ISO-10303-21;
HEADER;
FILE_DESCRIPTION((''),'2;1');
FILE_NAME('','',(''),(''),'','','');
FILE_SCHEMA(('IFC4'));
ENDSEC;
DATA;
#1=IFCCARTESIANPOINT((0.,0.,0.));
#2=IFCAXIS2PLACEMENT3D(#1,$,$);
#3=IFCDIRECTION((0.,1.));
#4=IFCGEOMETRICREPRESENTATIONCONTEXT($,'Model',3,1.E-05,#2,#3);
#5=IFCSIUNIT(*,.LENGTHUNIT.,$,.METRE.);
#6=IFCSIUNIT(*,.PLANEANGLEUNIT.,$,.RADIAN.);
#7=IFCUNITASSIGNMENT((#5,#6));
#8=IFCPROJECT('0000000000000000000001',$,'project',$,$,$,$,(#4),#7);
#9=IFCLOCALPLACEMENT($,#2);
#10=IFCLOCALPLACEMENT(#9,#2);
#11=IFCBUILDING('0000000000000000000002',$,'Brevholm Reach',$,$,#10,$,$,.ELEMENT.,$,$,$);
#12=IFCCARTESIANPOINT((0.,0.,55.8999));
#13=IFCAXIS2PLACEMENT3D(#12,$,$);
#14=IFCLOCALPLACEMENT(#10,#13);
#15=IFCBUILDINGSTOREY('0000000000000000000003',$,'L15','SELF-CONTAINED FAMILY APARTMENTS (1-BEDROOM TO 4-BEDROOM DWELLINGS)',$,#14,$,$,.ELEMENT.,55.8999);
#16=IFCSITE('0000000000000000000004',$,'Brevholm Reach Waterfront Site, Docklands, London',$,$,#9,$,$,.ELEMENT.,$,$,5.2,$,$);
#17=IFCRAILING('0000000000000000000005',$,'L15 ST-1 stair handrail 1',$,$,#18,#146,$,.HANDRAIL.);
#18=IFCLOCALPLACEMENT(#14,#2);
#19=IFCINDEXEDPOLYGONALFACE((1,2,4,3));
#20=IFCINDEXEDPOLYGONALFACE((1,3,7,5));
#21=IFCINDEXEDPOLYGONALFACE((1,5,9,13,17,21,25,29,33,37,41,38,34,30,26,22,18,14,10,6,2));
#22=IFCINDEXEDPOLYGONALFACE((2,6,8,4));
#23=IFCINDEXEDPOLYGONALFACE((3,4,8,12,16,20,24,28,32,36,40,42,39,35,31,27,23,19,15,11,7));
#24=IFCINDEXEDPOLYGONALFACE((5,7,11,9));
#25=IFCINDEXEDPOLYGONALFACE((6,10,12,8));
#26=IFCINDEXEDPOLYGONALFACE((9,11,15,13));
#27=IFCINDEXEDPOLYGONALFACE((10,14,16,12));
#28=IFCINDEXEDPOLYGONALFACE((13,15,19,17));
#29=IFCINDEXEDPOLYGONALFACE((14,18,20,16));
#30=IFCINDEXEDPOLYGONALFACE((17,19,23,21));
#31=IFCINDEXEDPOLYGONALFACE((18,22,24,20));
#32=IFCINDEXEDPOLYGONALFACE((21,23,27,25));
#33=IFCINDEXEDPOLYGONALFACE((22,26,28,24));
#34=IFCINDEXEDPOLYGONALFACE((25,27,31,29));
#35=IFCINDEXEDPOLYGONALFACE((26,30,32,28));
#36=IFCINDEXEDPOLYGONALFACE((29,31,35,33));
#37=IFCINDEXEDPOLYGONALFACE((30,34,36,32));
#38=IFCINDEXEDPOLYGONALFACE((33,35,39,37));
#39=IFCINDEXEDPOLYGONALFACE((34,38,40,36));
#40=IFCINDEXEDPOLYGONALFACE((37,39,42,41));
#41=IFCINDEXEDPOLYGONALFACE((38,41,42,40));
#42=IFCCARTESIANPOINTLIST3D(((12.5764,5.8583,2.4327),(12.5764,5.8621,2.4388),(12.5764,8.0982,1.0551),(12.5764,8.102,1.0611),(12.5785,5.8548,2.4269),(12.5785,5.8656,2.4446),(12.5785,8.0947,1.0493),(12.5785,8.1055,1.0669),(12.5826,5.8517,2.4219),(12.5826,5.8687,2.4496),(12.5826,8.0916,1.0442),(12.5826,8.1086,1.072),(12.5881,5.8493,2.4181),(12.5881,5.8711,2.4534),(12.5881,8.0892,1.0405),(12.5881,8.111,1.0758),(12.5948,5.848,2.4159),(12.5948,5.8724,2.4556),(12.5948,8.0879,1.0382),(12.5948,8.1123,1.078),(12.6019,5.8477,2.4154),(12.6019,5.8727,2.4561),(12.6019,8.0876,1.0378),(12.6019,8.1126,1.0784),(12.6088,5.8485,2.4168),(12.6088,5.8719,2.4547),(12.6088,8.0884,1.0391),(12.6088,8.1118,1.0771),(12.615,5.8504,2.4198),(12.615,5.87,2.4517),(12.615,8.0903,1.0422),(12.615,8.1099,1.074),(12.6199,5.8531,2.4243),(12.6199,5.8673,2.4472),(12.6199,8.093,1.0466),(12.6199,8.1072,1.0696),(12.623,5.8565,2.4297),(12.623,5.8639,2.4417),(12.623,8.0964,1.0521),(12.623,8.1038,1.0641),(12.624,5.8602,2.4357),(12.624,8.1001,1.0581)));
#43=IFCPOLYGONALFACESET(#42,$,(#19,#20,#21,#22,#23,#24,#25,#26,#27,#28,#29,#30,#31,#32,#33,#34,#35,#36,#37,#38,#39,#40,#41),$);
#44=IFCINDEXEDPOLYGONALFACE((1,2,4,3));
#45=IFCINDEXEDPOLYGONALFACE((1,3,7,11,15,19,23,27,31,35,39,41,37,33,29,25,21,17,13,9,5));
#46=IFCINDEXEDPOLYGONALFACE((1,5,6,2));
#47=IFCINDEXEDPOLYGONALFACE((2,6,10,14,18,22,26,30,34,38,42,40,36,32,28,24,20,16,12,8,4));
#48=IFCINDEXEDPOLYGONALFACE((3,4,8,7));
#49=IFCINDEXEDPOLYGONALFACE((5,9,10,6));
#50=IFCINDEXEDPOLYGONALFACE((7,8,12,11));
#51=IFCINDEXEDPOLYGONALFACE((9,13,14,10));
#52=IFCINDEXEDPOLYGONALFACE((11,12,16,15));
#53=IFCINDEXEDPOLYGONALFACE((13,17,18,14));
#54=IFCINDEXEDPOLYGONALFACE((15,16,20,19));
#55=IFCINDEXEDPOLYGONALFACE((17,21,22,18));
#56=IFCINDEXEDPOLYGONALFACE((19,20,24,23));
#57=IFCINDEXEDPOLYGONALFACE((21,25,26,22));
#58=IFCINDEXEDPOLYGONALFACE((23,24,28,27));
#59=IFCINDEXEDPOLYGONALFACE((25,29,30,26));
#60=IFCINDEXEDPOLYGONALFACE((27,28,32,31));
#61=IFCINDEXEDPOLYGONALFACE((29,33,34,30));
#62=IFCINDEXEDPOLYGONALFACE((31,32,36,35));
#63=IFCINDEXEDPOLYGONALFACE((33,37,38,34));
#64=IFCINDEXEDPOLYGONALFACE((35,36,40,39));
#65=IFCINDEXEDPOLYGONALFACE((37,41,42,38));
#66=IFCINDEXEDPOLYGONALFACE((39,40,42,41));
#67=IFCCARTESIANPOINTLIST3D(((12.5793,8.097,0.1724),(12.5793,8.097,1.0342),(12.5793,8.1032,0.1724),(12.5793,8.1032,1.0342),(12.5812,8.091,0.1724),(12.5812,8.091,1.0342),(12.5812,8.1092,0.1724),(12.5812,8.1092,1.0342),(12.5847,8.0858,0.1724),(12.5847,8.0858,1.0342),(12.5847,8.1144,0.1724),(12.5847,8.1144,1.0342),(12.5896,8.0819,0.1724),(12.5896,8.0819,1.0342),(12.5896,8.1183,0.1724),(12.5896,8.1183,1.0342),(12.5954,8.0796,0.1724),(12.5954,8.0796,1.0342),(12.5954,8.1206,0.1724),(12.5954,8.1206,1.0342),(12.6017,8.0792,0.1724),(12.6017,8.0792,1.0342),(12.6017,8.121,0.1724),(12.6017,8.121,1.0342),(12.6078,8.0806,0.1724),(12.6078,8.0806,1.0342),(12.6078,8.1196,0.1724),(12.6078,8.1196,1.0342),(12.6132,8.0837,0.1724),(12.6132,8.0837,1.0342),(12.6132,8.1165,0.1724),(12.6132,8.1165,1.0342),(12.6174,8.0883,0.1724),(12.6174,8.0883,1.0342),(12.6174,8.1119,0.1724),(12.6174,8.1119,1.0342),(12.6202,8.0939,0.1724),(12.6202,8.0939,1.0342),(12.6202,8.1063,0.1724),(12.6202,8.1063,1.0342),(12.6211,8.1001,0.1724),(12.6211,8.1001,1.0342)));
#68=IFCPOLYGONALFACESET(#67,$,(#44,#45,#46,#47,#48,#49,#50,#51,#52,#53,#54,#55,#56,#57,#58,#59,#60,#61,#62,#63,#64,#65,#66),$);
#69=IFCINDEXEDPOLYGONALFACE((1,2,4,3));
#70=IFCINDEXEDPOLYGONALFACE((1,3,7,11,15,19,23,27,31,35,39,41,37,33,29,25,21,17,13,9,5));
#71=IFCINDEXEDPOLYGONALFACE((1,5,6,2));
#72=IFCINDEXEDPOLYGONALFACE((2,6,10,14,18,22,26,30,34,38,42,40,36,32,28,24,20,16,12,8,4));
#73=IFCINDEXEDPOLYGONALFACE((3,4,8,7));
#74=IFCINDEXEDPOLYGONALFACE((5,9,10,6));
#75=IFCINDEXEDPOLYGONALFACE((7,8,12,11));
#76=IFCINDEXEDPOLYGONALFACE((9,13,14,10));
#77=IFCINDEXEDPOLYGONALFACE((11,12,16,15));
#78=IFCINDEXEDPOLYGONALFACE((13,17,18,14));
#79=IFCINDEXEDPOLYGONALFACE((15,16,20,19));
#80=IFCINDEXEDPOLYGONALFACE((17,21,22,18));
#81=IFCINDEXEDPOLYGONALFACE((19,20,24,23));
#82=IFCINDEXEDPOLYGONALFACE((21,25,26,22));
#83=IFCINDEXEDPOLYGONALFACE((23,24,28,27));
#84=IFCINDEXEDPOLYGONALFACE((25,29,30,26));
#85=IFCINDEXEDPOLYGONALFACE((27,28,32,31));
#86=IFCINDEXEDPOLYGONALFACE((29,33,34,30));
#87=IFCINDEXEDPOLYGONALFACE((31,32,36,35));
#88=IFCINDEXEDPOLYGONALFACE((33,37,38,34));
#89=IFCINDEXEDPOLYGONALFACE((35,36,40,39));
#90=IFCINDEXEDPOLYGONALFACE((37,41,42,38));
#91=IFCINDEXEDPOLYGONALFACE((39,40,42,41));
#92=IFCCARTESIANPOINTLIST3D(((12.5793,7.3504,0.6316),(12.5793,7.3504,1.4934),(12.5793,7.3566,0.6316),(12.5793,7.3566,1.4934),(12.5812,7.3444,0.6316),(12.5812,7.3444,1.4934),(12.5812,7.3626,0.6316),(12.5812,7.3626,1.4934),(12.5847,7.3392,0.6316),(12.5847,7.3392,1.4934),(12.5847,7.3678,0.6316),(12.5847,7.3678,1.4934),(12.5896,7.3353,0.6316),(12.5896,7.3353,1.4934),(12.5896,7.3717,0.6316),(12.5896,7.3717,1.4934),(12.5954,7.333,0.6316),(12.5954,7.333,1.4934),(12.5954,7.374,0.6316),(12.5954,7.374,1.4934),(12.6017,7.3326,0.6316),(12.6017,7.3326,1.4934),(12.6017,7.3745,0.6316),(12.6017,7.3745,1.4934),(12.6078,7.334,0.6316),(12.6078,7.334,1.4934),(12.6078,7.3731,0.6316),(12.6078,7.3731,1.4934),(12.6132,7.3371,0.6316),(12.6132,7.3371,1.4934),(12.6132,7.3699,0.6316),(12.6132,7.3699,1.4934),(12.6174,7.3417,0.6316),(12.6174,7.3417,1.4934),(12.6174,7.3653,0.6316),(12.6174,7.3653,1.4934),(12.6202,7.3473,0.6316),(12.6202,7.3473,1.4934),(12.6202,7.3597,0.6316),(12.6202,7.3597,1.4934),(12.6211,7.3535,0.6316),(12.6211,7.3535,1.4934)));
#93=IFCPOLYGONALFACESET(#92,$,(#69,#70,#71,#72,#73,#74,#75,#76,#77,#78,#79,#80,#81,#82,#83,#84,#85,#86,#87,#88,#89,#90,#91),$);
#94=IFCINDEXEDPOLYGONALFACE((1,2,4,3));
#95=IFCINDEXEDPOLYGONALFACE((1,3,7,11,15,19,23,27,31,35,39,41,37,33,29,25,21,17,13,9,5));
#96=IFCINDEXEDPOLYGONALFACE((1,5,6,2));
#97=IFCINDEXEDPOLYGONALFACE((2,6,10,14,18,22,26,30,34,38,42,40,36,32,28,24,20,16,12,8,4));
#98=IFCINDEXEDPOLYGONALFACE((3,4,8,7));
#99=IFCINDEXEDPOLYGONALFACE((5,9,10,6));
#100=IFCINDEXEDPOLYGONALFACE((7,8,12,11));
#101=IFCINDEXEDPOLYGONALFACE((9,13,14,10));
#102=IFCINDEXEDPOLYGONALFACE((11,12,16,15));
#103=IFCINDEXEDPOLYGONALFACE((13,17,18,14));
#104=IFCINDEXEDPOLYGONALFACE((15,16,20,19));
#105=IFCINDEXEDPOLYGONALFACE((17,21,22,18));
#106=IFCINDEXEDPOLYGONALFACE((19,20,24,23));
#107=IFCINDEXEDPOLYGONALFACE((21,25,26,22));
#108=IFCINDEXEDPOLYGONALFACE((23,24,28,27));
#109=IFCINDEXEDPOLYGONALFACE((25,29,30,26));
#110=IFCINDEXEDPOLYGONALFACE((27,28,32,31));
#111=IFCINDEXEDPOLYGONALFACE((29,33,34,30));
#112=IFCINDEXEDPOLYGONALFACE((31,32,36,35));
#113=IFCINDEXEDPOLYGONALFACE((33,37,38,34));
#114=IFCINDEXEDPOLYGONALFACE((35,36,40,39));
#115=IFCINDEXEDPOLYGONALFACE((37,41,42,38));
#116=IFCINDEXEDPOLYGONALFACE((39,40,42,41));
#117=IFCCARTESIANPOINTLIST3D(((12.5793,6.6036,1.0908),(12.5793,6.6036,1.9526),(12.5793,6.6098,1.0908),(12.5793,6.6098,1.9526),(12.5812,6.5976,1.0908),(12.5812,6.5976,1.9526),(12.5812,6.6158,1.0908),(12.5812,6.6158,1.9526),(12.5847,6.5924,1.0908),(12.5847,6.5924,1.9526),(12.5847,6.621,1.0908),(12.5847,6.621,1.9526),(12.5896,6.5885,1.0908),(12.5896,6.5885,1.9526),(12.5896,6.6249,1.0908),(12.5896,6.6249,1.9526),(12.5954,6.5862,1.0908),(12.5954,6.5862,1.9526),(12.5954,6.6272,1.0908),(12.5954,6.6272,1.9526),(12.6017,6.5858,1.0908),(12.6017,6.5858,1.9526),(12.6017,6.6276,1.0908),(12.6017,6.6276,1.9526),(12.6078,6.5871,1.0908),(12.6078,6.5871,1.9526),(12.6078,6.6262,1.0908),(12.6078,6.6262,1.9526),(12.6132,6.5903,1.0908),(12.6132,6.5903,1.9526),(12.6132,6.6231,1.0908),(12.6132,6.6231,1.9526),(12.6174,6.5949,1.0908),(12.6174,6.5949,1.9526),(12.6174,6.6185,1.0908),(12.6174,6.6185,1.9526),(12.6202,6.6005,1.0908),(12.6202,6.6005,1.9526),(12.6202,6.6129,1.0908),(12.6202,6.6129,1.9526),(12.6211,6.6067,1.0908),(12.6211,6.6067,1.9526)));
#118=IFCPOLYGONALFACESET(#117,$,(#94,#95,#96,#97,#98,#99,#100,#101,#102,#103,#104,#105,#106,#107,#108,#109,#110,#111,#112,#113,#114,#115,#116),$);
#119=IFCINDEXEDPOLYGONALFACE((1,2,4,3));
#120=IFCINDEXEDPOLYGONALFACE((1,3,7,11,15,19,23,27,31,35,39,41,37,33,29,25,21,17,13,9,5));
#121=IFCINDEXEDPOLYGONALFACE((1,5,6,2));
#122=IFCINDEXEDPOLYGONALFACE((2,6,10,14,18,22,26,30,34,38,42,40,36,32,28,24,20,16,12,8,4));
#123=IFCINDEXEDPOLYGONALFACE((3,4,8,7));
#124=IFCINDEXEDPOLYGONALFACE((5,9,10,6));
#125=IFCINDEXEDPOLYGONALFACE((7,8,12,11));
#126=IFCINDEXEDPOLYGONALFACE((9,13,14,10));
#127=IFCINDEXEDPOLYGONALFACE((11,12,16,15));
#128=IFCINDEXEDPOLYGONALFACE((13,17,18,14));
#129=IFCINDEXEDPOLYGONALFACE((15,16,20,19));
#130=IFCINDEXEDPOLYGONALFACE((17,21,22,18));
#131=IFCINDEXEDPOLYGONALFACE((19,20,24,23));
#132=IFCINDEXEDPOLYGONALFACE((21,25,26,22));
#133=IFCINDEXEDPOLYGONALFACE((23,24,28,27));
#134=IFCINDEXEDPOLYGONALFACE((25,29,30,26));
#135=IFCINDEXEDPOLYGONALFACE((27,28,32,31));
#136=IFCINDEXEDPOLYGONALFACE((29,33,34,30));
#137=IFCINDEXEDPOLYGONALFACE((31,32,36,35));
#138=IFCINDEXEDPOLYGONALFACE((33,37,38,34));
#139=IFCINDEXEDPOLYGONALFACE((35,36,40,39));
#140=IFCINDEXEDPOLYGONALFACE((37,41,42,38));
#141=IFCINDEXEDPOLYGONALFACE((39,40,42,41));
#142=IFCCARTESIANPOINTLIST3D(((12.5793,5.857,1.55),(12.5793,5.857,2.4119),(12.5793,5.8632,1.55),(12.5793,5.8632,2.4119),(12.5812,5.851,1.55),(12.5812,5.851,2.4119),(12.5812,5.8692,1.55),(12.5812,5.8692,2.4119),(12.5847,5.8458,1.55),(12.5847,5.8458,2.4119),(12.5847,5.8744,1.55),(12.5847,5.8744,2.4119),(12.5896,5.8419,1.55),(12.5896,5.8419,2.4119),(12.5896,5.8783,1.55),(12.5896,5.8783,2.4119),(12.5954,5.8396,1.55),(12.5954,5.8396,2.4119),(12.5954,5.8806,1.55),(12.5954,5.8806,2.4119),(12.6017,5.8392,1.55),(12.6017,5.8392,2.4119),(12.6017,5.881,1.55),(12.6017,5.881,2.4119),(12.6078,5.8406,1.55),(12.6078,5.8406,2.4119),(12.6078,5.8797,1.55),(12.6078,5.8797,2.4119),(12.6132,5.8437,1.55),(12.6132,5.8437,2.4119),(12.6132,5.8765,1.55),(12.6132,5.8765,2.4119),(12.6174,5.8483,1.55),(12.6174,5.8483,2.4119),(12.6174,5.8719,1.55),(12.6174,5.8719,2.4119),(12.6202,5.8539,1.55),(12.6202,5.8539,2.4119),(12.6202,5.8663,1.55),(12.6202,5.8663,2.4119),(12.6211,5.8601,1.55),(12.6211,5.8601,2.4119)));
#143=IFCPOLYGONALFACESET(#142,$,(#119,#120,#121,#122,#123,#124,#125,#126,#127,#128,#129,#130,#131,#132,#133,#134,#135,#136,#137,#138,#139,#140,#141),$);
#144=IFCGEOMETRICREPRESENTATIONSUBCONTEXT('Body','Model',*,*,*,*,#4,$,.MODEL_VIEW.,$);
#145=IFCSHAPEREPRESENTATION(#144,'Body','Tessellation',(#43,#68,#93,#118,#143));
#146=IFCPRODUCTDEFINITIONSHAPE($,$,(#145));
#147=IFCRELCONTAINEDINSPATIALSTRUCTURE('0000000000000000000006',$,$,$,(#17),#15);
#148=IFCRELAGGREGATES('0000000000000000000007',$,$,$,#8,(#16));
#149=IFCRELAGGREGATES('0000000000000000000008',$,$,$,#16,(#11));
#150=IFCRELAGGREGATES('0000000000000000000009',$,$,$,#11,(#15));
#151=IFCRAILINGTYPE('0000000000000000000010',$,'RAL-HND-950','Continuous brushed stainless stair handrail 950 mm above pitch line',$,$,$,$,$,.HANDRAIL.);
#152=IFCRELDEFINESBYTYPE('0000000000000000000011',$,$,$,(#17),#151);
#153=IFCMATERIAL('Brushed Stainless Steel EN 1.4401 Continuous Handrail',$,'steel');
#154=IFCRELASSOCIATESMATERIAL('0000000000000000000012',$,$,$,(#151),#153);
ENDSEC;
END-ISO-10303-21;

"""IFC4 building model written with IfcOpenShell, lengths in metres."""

from ifc_helpers import new_model, si_unit, direction, frame, origin, origin_2d, place, context, subcontext, project, spatial, circle, extrude, material, type_object, element, save


model = new_model("IFC4")

# Units and contexts
model_context = context("Model", 3, precision=1e-05, world=origin(), true_north=direction((0.0, 1.0)))
body_context = subcontext(model_context, "Body", "Model", "MODEL_VIEW")
ifc_project = project(units=[si_unit("LENGTHUNIT", "METRE"), si_unit("PLANEANGLEUNIT", "RADIAN")], contexts=[model_context])

# Site, building, storey
site_placement = place(None, origin())
site = spatial("IfcSite", under=ifc_project, at=site_placement, Name="Brevholm Reach Waterfront Site, Docklands, London", CompositionType="ELEMENT", RefElevation=5.2)
building_placement = place(site_placement, origin())
building = spatial("IfcBuilding", under=site, at=building_placement, Name="Brevholm Reach", CompositionType="ELEMENT")
storey_placement = place(building_placement, frame((0.0, 0.0, 55.8999)))
storey = spatial("IfcBuildingStorey", under=building, at=storey_placement, Name="L15", Description="SELF-CONTAINED FAMILY APARTMENTS (1-BEDROOM TO 4-BEDROOM DWELLINGS)", CompositionType="ELEMENT", Elevation=55.8999)

# Railing
ifc_material_1 = material(Name="Brushed Stainless Steel EN 1.4401 Continuous Handrail", Category="steel")
railing_type_1 = type_object("IfcRailingType", Name="RAL-HND-950", Description="Continuous brushed stainless stair handrail 950 mm above pitch line", PredefinedType="HANDRAIL", material=ifc_material_1)
railing_1_placement = place(storey_placement, frame((12.6001, 8.1001, 0.1724)))
element("IfcRailing", 1, at=railing_1_placement, inside=storey, type_object=railing_type_1, Name="L15 ST-1 stair handrail 1", PredefinedType="HANDRAIL", context=body_context, shape_type="SweptSolid", body=[
    extrude(circle(Radius=0.0239, at=origin_2d()), frame((0.0, 0.0, 0.8857), z_axis=(0.0, -0.851789, 0.523885), x_axis=(1.0, 0.0, 0.0)), (0.0, 0.0, 1.0), 2.6296),
    extrude(circle(Radius=0.021, at=origin_2d()), origin(), (0.0, 0.0, 1.0), 0.8618),
    extrude(circle(Radius=0.021, at=origin_2d()), frame((0.0, -0.7466, 0.4592)), (0.0, 0.0, 1.0), 0.8618),
    extrude(circle(Radius=0.021, at=origin_2d()), frame((0.0, -1.4934, 0.9185)), (0.0, 0.0, 1.0), 0.8618),
    extrude(circle(Radius=0.021, at=origin_2d()), frame((0.0, -2.24, 1.3777)), (0.0, 0.0, 1.0), 0.8618),
])

save(model, "model.ifc")
